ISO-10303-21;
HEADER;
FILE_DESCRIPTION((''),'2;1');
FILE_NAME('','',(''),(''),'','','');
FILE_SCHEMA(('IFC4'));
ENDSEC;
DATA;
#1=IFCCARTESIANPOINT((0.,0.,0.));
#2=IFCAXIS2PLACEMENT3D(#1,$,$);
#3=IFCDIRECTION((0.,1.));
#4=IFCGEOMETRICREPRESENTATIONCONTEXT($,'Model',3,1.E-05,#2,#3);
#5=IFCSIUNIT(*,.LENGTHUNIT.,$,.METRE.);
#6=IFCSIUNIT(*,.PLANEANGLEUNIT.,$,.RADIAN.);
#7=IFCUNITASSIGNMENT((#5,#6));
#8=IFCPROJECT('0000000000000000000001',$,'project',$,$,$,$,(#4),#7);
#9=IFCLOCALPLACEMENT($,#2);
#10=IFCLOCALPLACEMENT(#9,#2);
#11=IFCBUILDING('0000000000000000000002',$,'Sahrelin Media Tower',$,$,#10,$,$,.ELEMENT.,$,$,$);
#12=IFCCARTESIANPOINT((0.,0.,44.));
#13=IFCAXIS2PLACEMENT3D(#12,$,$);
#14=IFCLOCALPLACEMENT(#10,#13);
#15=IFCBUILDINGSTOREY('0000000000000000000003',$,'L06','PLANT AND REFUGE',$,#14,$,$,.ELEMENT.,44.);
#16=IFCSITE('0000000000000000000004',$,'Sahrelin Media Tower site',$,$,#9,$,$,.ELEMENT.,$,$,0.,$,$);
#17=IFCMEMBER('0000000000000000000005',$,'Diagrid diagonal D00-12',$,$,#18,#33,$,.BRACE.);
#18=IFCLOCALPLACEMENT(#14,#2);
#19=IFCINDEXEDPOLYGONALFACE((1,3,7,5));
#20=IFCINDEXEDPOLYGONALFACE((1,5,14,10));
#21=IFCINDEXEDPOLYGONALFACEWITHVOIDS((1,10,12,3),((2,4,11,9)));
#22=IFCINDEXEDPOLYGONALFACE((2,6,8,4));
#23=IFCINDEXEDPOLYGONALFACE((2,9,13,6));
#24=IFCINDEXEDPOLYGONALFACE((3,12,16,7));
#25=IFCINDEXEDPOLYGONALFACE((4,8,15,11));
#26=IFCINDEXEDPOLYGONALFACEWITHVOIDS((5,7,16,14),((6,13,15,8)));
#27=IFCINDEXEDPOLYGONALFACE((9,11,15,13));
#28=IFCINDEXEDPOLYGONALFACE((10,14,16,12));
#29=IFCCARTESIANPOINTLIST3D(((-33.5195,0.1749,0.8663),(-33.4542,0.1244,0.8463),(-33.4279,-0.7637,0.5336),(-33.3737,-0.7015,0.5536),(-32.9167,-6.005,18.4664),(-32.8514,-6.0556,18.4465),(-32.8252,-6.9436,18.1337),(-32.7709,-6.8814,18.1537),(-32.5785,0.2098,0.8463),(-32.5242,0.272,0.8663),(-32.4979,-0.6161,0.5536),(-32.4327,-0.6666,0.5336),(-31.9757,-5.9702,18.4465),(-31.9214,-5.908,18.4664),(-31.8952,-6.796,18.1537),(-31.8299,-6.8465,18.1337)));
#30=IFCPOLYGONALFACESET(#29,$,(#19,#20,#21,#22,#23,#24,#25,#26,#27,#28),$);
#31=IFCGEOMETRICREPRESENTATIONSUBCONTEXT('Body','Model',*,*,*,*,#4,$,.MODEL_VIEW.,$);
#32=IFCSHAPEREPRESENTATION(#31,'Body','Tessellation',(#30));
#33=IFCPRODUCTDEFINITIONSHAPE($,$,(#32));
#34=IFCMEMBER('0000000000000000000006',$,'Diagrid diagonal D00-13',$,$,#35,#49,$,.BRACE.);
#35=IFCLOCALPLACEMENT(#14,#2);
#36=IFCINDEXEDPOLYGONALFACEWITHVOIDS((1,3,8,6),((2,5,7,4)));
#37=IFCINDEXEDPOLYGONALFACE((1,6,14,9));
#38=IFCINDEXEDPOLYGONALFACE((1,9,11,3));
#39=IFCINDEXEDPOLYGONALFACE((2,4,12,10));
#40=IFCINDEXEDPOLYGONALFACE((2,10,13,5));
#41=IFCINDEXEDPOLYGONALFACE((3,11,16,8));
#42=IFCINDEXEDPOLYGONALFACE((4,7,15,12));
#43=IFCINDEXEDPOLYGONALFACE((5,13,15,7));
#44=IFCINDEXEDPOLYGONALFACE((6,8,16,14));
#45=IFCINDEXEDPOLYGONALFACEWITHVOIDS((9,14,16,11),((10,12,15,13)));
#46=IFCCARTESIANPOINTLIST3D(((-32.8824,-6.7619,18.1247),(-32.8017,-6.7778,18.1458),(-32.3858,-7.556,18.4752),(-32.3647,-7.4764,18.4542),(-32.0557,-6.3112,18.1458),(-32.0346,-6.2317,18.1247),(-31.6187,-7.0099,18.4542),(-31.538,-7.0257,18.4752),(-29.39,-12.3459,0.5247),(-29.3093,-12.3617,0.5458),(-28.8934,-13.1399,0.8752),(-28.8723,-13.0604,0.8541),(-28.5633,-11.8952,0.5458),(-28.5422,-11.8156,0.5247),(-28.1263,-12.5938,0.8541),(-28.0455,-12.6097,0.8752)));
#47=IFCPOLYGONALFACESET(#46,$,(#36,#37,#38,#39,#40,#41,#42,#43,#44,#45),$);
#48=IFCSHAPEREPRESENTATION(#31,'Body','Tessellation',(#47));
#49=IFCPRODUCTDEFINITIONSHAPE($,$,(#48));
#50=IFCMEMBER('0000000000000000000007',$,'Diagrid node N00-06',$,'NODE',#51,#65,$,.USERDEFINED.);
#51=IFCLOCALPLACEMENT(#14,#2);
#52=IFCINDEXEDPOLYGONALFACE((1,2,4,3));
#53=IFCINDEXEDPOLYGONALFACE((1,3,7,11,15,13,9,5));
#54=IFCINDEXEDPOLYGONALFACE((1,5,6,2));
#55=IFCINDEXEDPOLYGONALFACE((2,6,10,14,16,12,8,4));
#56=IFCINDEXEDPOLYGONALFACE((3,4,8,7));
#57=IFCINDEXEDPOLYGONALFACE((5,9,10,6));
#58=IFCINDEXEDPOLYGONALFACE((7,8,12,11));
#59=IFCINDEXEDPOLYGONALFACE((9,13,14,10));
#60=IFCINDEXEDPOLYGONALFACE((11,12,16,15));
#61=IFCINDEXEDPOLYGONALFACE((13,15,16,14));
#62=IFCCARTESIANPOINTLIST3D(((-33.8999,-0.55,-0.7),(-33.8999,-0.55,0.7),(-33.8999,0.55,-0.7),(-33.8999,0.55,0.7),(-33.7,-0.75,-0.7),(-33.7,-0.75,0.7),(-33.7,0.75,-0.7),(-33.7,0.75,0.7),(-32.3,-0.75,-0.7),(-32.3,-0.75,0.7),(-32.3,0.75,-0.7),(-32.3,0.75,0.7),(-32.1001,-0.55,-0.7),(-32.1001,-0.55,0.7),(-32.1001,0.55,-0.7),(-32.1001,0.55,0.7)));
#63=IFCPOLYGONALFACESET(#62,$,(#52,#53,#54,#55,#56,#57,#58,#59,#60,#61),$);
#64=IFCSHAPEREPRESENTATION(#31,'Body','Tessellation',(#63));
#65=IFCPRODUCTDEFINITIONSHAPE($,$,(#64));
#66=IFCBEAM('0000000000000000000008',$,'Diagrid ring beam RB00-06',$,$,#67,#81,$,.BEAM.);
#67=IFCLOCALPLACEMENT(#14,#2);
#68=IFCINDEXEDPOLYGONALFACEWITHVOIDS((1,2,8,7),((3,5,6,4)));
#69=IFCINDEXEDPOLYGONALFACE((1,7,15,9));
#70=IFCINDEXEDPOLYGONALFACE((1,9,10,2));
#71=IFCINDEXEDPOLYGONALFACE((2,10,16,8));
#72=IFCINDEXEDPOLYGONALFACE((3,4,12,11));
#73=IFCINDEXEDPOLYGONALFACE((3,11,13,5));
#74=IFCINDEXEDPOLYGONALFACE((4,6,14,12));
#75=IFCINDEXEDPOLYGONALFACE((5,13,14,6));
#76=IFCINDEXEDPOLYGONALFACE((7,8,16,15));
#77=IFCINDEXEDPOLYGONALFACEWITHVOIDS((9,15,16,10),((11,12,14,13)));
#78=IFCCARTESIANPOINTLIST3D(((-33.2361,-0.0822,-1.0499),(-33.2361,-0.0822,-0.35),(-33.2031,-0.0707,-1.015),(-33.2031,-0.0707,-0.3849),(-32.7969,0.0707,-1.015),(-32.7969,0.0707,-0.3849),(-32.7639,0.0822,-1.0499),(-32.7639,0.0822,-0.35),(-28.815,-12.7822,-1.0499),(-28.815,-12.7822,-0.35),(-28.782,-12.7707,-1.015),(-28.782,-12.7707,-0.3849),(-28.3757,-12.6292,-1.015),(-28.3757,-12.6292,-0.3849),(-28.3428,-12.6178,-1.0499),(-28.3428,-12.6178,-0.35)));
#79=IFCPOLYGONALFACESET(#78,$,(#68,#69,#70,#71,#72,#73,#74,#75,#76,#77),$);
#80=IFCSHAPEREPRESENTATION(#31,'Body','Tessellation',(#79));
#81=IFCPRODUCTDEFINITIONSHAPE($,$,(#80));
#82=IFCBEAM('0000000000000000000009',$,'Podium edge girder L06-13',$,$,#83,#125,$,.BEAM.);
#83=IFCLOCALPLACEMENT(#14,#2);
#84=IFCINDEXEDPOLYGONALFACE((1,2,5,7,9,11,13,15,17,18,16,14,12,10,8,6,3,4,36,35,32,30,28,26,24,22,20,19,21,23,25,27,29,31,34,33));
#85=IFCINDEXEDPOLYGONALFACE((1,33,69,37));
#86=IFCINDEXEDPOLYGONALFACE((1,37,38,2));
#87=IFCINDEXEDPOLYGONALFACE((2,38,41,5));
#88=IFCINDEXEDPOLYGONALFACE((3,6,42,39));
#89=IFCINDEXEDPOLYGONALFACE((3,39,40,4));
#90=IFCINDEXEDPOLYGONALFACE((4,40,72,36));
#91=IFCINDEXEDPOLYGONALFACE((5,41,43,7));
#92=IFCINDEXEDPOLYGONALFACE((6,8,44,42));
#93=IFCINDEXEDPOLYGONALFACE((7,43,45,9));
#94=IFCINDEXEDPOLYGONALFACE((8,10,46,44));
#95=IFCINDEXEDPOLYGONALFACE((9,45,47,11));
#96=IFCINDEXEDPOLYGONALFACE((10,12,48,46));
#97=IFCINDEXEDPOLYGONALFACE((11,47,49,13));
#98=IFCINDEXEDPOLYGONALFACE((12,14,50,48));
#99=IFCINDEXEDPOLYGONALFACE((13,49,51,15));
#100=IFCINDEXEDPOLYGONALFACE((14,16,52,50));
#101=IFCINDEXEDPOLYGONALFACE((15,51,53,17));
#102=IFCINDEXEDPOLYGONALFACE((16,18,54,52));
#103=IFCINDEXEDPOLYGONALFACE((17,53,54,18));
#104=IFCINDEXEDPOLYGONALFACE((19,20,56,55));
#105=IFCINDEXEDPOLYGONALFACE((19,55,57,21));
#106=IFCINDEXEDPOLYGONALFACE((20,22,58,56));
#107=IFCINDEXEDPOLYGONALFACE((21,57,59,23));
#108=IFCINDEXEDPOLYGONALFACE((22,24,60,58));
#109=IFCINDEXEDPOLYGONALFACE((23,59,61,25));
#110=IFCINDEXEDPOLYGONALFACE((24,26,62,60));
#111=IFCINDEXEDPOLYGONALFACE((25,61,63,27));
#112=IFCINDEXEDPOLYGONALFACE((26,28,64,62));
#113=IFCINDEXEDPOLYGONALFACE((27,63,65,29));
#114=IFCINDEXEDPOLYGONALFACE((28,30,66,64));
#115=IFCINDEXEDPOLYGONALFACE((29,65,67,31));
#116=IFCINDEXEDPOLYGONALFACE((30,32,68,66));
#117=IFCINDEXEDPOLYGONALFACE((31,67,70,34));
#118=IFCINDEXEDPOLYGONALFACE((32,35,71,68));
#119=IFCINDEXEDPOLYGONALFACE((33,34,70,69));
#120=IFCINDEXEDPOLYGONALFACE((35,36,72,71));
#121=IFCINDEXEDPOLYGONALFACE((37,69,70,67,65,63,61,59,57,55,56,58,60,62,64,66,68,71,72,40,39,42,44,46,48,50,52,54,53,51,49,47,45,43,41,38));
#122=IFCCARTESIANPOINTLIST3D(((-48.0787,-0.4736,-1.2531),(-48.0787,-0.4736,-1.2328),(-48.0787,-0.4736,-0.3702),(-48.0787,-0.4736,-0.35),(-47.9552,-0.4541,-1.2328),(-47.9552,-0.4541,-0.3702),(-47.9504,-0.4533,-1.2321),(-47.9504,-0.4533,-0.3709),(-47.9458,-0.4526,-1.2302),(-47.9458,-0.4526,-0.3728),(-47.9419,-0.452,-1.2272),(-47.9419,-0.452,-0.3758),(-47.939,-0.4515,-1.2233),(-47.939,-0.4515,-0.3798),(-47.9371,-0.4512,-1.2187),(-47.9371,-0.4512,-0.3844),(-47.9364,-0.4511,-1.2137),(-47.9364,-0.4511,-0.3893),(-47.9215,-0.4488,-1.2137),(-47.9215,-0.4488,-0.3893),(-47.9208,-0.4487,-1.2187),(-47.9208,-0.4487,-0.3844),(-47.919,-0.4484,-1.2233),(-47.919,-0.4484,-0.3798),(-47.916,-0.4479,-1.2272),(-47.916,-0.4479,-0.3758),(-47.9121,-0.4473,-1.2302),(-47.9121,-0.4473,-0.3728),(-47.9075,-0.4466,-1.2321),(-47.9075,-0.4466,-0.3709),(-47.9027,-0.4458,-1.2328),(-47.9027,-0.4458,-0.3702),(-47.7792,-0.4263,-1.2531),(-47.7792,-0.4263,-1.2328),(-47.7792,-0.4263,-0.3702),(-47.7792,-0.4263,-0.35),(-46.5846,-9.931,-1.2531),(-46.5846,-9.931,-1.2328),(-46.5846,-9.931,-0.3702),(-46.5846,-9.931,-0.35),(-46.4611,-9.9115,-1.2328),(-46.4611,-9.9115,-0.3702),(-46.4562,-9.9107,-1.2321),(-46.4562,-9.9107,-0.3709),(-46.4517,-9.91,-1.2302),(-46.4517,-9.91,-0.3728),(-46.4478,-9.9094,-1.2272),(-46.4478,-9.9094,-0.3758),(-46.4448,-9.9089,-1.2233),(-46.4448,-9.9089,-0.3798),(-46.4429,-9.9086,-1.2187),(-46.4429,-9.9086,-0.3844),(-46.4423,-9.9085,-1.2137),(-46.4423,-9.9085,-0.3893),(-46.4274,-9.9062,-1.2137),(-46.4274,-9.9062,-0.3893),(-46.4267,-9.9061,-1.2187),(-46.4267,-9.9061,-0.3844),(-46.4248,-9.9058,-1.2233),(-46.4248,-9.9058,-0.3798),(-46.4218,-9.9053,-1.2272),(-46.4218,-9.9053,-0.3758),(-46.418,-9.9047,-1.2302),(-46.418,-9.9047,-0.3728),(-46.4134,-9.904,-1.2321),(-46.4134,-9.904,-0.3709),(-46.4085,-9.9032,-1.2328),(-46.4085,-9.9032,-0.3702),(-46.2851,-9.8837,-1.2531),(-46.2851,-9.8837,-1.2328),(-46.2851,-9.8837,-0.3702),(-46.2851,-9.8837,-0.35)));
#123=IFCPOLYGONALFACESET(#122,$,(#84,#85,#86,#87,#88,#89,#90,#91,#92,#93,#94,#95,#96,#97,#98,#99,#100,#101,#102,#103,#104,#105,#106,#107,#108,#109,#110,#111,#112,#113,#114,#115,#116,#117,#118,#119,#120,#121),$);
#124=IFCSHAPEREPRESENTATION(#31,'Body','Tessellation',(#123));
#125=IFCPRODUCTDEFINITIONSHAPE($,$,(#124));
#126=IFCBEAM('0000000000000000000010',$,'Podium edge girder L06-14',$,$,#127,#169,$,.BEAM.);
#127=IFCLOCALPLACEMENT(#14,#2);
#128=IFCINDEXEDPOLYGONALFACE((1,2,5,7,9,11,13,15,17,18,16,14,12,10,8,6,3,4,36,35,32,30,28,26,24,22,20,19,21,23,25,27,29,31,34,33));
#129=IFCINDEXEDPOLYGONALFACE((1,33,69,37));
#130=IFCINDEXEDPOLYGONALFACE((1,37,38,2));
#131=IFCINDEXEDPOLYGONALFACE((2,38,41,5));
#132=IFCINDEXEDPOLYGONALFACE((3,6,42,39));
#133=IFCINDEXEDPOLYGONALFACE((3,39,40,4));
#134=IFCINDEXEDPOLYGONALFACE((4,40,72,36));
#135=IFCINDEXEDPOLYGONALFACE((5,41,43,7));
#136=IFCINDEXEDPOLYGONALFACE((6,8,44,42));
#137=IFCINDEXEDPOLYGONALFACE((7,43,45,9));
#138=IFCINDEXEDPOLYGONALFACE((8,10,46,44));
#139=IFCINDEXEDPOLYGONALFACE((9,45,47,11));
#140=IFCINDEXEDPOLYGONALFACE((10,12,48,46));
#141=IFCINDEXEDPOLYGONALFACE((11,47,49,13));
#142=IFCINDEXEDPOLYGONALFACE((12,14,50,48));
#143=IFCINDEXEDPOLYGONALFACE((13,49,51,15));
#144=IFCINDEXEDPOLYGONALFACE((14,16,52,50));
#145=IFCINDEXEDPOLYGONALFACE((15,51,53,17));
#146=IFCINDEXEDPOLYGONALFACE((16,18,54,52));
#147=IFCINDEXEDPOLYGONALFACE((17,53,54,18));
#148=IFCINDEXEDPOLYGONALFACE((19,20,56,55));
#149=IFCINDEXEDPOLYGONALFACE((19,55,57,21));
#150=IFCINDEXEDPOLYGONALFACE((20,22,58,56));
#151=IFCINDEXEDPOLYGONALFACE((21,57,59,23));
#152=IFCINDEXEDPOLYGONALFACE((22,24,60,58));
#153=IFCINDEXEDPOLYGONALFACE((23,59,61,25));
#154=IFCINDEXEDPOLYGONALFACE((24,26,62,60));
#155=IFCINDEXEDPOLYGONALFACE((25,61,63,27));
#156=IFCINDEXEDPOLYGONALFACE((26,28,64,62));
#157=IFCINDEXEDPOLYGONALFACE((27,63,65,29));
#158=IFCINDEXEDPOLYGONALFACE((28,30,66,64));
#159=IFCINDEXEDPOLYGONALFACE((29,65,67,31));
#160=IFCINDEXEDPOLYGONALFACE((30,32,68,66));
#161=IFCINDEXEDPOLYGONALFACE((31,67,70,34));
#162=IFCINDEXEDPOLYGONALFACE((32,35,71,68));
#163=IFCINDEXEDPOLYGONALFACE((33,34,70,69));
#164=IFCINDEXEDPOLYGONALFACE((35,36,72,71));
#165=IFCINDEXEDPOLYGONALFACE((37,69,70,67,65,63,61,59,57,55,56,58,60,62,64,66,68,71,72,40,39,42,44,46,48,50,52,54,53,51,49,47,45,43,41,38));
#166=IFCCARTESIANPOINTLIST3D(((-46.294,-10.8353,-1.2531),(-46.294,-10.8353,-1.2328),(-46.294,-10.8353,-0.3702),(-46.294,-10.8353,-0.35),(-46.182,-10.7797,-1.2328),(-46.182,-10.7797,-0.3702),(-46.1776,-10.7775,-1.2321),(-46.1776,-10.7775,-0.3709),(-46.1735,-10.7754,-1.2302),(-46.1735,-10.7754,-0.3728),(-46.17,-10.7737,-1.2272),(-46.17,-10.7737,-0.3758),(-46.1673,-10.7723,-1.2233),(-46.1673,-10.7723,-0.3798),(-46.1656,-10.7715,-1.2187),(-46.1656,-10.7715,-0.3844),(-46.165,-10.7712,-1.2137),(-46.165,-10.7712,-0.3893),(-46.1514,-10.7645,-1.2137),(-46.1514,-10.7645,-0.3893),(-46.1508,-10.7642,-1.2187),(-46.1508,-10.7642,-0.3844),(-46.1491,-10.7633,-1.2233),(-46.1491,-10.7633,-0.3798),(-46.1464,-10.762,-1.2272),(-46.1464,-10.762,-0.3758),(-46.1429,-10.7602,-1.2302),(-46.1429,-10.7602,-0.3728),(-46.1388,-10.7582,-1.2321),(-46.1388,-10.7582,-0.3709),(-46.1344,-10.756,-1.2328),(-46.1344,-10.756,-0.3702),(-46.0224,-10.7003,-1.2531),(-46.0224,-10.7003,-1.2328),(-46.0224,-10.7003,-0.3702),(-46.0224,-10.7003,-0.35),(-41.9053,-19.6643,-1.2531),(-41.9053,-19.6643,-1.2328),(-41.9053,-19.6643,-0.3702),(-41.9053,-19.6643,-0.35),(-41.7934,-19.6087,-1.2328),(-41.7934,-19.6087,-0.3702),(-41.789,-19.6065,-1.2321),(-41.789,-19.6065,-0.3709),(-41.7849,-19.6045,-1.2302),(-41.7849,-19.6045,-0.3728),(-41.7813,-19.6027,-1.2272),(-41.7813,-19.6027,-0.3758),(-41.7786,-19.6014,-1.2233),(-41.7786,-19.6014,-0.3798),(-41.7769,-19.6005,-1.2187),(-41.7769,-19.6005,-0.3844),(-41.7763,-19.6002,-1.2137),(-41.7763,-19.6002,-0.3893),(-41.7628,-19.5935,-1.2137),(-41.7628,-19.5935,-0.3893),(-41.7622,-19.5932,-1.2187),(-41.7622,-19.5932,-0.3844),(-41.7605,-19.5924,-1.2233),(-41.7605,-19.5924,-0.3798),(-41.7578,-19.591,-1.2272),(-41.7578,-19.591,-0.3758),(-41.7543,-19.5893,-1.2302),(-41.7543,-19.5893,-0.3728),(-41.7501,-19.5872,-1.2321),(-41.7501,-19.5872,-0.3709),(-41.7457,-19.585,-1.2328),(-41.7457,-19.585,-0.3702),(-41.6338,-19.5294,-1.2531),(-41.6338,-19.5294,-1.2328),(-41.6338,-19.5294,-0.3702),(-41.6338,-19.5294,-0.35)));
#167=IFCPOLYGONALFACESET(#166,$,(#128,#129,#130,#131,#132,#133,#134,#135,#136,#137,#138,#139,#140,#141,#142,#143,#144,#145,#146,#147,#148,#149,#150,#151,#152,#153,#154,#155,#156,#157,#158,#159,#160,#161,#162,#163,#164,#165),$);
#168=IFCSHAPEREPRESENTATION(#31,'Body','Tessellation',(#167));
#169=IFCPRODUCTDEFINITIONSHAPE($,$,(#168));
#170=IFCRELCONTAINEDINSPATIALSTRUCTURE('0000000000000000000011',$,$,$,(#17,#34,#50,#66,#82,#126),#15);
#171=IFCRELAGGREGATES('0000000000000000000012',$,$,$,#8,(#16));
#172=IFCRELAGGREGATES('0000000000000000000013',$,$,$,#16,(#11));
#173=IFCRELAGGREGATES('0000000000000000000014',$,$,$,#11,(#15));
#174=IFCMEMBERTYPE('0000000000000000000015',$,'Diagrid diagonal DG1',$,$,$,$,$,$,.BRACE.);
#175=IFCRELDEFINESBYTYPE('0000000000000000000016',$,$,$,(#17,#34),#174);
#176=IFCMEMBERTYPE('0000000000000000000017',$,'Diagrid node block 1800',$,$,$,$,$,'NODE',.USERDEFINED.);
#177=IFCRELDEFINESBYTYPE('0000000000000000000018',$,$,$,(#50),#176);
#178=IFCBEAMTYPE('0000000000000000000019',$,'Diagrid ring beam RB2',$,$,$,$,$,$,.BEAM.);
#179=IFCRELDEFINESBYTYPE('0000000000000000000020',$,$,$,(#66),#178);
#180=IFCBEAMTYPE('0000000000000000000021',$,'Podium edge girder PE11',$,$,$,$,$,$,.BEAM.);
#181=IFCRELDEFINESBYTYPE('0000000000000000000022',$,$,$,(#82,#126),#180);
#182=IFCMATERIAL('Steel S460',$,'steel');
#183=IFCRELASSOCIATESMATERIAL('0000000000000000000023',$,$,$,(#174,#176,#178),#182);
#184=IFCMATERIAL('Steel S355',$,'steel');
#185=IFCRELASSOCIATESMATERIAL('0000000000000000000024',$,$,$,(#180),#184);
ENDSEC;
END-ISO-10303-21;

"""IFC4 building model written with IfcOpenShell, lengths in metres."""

from ifc_helpers import new_model, si_unit, direction, frame, origin, origin_2d, place, context, subcontext, project, spatial, polyline, hollow_rectangle, i_section, outline, extrude, material, material_profile, profile_set, type_object, element, save


model = new_model("IFC4")

# Units and contexts
model_context = context("Model", 3, precision=1e-05, world=origin(), true_north=direction((0.0, 1.0)))
body_context = subcontext(model_context, "Body", "Model", "MODEL_VIEW")
ifc_project = project(units=[si_unit("LENGTHUNIT", "METRE"), si_unit("PLANEANGLEUNIT", "RADIAN")], contexts=[model_context])

# Site, building, storey
site_placement = place(None, origin())
site = spatial("IfcSite", under=ifc_project, at=site_placement, Name="Sahrelin Media Tower site", CompositionType="ELEMENT", RefElevation=0.0)
building_placement = place(site_placement, origin())
building = spatial("IfcBuilding", under=site, at=building_placement, Name="Sahrelin Media Tower", CompositionType="ELEMENT")
storey_placement = place(building_placement, frame((0.0, 0.0, 44.0)))
storey = spatial("IfcBuildingStorey", under=building, at=storey_placement, Name="L06", Description="PLANT AND REFUGE", CompositionType="ELEMENT", Elevation=44.0)

# Members
ifc_material_1 = material(Name="Steel S460", Category="steel")
ifc_material_profile_1 = material_profile(ifc_material_1, hollow_rectangle(XDim=1.0, YDim=1.0, WallThickness=0.0601, at=origin_2d()), Name="Diagrid diagonal DG1")
ifc_profile_set_1 = profile_set([ifc_material_profile_1], Name="Steel S460")
member_type_1 = type_object("IfcMemberType", Name="Diagrid diagonal DG1", PredefinedType="BRACE", material=ifc_profile_set_1)
member_1_placement = place(storey_placement, frame((-32.9761, -0.2458, 0.7), z_axis=(0.032298, -0.331128, 0.943033), x_axis=(0.995277, 0.097078, 0.0)))
element("IfcMember", 1, at=member_1_placement, inside=storey, type_object=member_type_1, Name="Diagrid diagonal D00-12", PredefinedType="BRACE", context=body_context, shape_type="SweptSolid", body=[
    extrude(hollow_rectangle(XDim=1.0, YDim=1.0, WallThickness=0.0601, at=origin_2d()), origin(), (0.0, 0.0, 1.0), 18.6633),
])
member_2_placement = place(storey_placement, frame((-28.7178, -12.4778, 0.7), z_axis=(-0.185846, 0.297146, 0.936571), x_axis=(-0.847832, -0.530265, 0.0)))
element("IfcMember", 2, at=member_2_placement, inside=storey, type_object=member_type_1, Name="Diagrid diagonal D00-13", PredefinedType="BRACE", context=body_context, shape_type="SweptSolid", body=[
    extrude(hollow_rectangle(XDim=1.0, YDim=1.0, WallThickness=0.0601, at=origin_2d()), origin(), (0.0, 0.0, 1.0), 18.792),
])
ifc_material_profile_2 = material_profile(ifc_material_1, outline(polyline([(0.7, -0.75), (0.8999, -0.55), (0.8999, 0.55), (0.7, 0.75), (-0.7, 0.75), (-0.8999, 0.55), (-0.8999, -0.55), (-0.7, -0.75), (0.7, -0.75)])), Name="Diagrid node block 1800")
ifc_profile_set_2 = profile_set([ifc_material_profile_2], Name="Steel S460")
member_type_2 = type_object("IfcMemberType", Name="Diagrid node block 1800", ElementType="NODE", PredefinedType="USERDEFINED", material=ifc_profile_set_2)
member_3_placement = place(storey_placement, frame((-33.0, 0.0, -0.7), z_axis=(0.0, 0.0, 1.0), x_axis=(-1.0, 0.0, 0.0)))
element("IfcMember", 3, at=member_3_placement, inside=storey, type_object=member_type_2, Name="Diagrid node N00-06", ObjectType="NODE", PredefinedType="USERDEFINED", context=body_context, shape_type="SweptSolid", body=[
    extrude(outline(polyline([(0.7, -0.75), (0.8999, -0.55), (0.8999, 0.55), (0.7, 0.75), (-0.7, 0.75), (-0.8999, 0.55), (-0.8999, -0.55), (-0.7, -0.75), (0.7, -0.75)])), origin(), (0.0, 0.0, 1.0), 1.3999),
])

# Beams
ifc_material_profile_3 = material_profile(ifc_material_1, hollow_rectangle(XDim=0.5, YDim=0.7, WallThickness=0.0349, at=origin_2d()), Name="Diagrid ring beam RB2")
ifc_profile_set_3 = profile_set([ifc_material_profile_3], Name="Steel S460")
beam_type_1 = type_object("IfcBeamType", Name="Diagrid ring beam RB2", PredefinedType="BEAM", material=ifc_profile_set_3)
beam_1_placement = place(storey_placement, frame((-33.0, 0.0, -0.7), z_axis=(0.328771, -0.94441, 0.0), x_axis=(0.94441, 0.328771, 0.0)))
element("IfcBeam", 4, at=beam_1_placement, inside=storey, type_object=beam_type_1, Name="Diagrid ring beam RB00-06", PredefinedType="BEAM", context=body_context, shape_type="SweptSolid", body=[
    extrude(hollow_rectangle(XDim=0.5, YDim=0.7, WallThickness=0.0349, at=origin_2d()), origin(), (0.0, 0.0, 1.0), 13.4475),
])
ifc_material_2 = material(Name="Steel S355", Category="steel")
ifc_material_profile_4 = material_profile(ifc_material_2, i_section(OverallWidth=0.3032, OverallDepth=0.9031, WebThickness=0.0151, FlangeThickness=0.0203, FilletRadius=0.019, at=origin_2d()), Name="UB 914x305x201")
ifc_profile_set_4 = profile_set([ifc_material_profile_4], Name="Steel S355")
beam_type_2 = type_object("IfcBeamType", Name="Podium edge girder PE11", PredefinedType="BEAM", material=ifc_profile_set_4)
beam_2_placement = place(storey_placement, frame((-47.929, -0.45, -0.8015), z_axis=(0.156049, -0.987749, 0.0), x_axis=(0.987749, 0.156049, 0.0)))
element("IfcBeam", 5, at=beam_2_placement, inside=storey, type_object=beam_type_2, Name="Podium edge girder L06-13", PredefinedType="BEAM", context=body_context, shape_type="SweptSolid", body=[
    extrude(i_section(OverallWidth=0.3032, OverallDepth=0.9031, WebThickness=0.0151, FlangeThickness=0.0203, FilletRadius=0.019, at=origin_2d()), origin(), (0.0, 0.0, 1.0), 9.5747),
])
beam_3_placement = place(storey_placement, frame((-46.1582, -10.7678, -0.8015), z_axis=(0.445113, -0.895475, 0.0), x_axis=(0.895475, 0.445113, 0.0)))
element("IfcBeam", 6, at=beam_3_placement, inside=storey, type_object=beam_type_2, Name="Podium edge girder L06-14", PredefinedType="BEAM", context=body_context, shape_type="SweptSolid", body=[
    extrude(i_section(OverallWidth=0.3032, OverallDepth=0.9031, WebThickness=0.0151, FlangeThickness=0.0203, FilletRadius=0.019, at=origin_2d()), origin(), (0.0, 0.0, 1.0), 9.8596),
])

save(model, "model.ifc")
